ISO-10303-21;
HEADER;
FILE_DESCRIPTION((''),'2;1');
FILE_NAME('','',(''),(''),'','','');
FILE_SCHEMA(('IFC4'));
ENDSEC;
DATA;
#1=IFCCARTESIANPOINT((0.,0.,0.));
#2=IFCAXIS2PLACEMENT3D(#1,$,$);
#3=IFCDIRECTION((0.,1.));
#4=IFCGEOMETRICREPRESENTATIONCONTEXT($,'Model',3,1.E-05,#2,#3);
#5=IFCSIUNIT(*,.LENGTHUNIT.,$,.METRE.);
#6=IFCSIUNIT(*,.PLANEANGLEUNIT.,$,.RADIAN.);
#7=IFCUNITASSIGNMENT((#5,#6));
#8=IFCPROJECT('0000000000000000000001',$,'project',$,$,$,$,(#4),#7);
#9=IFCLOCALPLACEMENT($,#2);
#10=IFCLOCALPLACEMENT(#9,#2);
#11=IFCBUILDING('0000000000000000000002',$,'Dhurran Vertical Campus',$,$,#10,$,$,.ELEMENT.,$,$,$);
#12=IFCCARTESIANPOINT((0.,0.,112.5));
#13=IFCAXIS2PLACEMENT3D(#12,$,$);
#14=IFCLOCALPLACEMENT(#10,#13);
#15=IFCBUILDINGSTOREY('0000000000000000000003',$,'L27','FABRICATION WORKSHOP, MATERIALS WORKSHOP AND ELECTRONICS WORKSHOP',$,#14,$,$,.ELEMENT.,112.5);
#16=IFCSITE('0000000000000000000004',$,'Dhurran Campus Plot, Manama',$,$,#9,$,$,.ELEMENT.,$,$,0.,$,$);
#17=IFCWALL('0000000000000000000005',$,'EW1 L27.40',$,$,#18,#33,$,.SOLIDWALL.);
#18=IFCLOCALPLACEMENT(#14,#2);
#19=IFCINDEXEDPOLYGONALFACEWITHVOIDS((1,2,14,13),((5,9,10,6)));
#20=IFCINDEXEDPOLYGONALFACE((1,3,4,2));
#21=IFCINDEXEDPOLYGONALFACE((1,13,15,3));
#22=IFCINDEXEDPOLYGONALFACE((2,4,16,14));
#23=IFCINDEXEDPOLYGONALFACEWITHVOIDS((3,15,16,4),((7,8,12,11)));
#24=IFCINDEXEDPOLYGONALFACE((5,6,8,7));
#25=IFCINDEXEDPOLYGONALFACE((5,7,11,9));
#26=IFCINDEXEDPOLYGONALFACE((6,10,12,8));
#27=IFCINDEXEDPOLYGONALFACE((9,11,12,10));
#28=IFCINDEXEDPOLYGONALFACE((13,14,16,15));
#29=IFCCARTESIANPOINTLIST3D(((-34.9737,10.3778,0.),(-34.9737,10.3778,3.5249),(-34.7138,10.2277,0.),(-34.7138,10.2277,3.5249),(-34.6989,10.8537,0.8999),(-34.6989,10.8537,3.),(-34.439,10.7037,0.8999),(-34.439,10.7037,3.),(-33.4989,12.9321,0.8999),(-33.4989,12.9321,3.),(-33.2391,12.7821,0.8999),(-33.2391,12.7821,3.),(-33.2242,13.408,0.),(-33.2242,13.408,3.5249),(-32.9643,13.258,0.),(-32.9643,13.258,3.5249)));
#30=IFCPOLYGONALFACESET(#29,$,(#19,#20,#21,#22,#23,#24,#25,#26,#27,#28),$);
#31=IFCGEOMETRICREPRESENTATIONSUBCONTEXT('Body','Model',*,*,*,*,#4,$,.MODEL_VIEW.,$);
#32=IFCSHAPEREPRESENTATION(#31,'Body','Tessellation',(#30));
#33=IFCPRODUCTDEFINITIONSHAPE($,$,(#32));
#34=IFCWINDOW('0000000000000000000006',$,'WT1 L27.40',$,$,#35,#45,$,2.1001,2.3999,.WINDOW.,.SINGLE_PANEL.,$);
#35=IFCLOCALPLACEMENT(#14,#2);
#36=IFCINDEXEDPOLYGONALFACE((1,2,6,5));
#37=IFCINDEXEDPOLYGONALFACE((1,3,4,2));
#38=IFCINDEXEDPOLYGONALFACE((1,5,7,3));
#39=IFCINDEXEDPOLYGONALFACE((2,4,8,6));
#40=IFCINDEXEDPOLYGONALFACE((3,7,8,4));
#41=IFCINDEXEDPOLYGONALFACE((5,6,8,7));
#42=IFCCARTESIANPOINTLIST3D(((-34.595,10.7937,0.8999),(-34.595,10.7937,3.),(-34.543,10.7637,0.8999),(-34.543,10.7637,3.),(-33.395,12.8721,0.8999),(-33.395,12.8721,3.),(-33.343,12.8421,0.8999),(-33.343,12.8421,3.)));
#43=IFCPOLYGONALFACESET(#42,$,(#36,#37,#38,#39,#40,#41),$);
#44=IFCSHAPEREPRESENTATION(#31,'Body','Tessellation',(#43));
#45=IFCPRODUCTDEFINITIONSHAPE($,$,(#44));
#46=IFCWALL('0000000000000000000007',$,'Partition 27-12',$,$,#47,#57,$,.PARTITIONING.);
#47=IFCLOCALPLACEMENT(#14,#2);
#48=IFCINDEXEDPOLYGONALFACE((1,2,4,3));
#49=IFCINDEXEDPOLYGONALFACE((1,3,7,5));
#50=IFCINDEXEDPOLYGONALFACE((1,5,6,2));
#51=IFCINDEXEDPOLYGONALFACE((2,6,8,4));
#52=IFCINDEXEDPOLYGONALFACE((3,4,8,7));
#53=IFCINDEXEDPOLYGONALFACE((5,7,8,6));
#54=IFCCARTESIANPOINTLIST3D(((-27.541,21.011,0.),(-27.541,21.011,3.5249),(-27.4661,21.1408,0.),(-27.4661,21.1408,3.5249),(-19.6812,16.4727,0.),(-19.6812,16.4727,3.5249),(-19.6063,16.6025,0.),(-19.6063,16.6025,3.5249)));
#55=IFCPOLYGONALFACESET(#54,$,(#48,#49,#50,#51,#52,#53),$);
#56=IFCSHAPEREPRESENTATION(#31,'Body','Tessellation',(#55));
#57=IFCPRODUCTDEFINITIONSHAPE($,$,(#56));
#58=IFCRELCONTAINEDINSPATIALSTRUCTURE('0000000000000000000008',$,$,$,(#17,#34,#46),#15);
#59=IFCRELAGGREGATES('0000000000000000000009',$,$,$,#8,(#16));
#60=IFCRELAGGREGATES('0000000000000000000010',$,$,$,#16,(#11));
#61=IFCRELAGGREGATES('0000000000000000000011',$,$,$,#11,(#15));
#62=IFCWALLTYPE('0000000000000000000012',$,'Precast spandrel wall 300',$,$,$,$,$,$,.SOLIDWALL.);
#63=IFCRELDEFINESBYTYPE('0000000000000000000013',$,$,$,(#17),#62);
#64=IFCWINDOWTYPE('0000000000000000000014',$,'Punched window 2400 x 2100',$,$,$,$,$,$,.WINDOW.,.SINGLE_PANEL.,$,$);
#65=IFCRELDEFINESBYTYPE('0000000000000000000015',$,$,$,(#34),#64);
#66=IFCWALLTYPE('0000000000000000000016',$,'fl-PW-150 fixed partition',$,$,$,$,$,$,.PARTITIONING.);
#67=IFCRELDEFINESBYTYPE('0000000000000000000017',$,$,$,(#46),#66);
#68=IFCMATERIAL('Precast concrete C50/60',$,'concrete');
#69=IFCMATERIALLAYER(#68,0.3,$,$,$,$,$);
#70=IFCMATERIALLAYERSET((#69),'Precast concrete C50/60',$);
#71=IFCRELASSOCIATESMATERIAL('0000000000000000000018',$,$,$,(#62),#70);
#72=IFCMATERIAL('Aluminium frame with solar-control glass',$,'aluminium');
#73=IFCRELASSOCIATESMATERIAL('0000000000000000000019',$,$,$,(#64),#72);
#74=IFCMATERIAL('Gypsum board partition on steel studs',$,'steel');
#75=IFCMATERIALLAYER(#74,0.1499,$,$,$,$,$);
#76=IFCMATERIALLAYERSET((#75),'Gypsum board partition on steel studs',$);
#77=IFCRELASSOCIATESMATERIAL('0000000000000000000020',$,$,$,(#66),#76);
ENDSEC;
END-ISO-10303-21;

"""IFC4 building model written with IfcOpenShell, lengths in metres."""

from ifc_helpers import new_model, si_unit, direction, frame, frame_2d, origin, place, context, subcontext, project, spatial, rectangle, extrude, material, layer, layer_set, type_object, element, fill, save


model = new_model("IFC4")

# Units and contexts
model_context = context("Model", 3, precision=1e-05, world=origin(), true_north=direction((0.0, 1.0)))
body_context = subcontext(model_context, "Body", "Model", "MODEL_VIEW")
ifc_project = project(units=[si_unit("LENGTHUNIT", "METRE"), si_unit("PLANEANGLEUNIT", "RADIAN")], contexts=[model_context])

# Site, building, storey
site_placement = place(None, origin())
site = spatial("IfcSite", under=ifc_project, at=site_placement, Name="Dhurran Campus Plot, Manama", CompositionType="ELEMENT", RefElevation=0.0)
building_placement = place(site_placement, origin())
building = spatial("IfcBuilding", under=site, at=building_placement, Name="Dhurran Vertical Campus", CompositionType="ELEMENT")
storey_placement = place(building_placement, frame((0.0, 0.0, 112.5)))
storey = spatial("IfcBuildingStorey", under=building, at=storey_placement, Name="L27", Description="FABRICATION WORKSHOP, MATERIALS WORKSHOP AND ELECTRONICS WORKSHOP", CompositionType="ELEMENT", Elevation=112.5)

# Wall, opening, window
ifc_material_1 = material(Name="Precast concrete C50/60", Category="concrete")
ifc_layer_1 = layer(ifc_material_1, 0.3)
ifc_layer_set_1 = layer_set([ifc_layer_1], Name="Precast concrete C50/60")
wall_type_1 = type_object("IfcWallType", Name="Precast spandrel wall 300", PredefinedType="SOLIDWALL", material=ifc_layer_set_1)
ifc_material_2 = material(Name="Aluminium frame with solar-control glass", Category="aluminium")
window_type = type_object("IfcWindowType", Name="Punched window 2400 x 2100", PartitioningType="SINGLE_PANEL", PredefinedType="WINDOW", material=ifc_material_2)
wall_1_placement = place(storey_placement, frame((-33.0942, 13.333, 0.0), z_axis=(0.0, 0.0, 1.0), x_axis=(-0.499996, -0.866028, 0.0)))
wall_1 = element("IfcWall", 1, at=wall_1_placement, inside=storey, type_object=wall_type_1, Name="EW1 L27.40", PredefinedType="SOLIDWALL", context=body_context, shape_type="SweptSolid", body=[
    extrude(rectangle(XDim=3.499, YDim=0.3, at=frame_2d((1.7495, 0.0))), origin(), (0.0, 0.0, 1.0), 3.5249),
])
opening_1_placement = place(wall_1_placement, frame((0.5496, 0.0, 0.8999)))
opening_1 = element("IfcOpeningElement", 2, at=opening_1_placement, cuts=wall_1, PredefinedType="OPENING", context=body_context, shape_type="SweptSolid", body=[
    extrude(rectangle(XDim=2.3999, YDim=2.1001, at=frame_2d((1.2, 1.05))), frame((0.0, 0.1599, 0.0), z_axis=(0.0, -1.0, 0.0), x_axis=(1.0, 0.0, 0.0)), (0.0, 0.0, 1.0), 0.3201),
])
window_1_placement = place(opening_1_placement, origin())
window_1 = element("IfcWindow", 3, at=window_1_placement, inside=storey, type_object=window_type, Name="WT1 L27.40", OverallHeight=2.1001, OverallWidth=2.3999, PartitioningType="SINGLE_PANEL", PredefinedType="WINDOW", context=body_context, shape_type="SweptSolid", body=[
    extrude(rectangle(XDim=2.3999, YDim=2.1001, at=frame_2d((1.2, 1.05))), frame((0.0, 0.03, 0.0), z_axis=(0.0, -1.0, 0.0), x_axis=(1.0, 0.0, 0.0)), (0.0, 0.0, 1.0), 0.0601),
])
fill(opening_1, window_1)

# Wall
ifc_material_3 = material(Name="Gypsum board partition on steel studs", Category="steel")
ifc_layer_2 = layer(ifc_material_3, 0.1499)
ifc_layer_set_2 = layer_set([ifc_layer_2], Name="Gypsum board partition on steel studs")
wall_type_2 = type_object("IfcWallType", Name="fl-PW-150 fixed partition", PredefinedType="PARTITIONING", material=ifc_layer_set_2)
wall_2_placement = place(storey_placement, frame((-27.5037, 21.0759, 0.0), z_axis=(0.0, 0.0, 1.0), x_axis=(0.866005, -0.500036, 0.0)))
element("IfcWall", 4, at=wall_2_placement, inside=storey, type_object=wall_type_2, Name="Partition 27-12", PredefinedType="PARTITIONING", context=body_context, shape_type="SweptSolid", body=[
    extrude(rectangle(XDim=9.0759, YDim=0.1499, at=frame_2d((4.5381, 0.0))), origin(), (0.0, 0.0, 1.0), 3.5249),
])

save(model, "model.ifc")
